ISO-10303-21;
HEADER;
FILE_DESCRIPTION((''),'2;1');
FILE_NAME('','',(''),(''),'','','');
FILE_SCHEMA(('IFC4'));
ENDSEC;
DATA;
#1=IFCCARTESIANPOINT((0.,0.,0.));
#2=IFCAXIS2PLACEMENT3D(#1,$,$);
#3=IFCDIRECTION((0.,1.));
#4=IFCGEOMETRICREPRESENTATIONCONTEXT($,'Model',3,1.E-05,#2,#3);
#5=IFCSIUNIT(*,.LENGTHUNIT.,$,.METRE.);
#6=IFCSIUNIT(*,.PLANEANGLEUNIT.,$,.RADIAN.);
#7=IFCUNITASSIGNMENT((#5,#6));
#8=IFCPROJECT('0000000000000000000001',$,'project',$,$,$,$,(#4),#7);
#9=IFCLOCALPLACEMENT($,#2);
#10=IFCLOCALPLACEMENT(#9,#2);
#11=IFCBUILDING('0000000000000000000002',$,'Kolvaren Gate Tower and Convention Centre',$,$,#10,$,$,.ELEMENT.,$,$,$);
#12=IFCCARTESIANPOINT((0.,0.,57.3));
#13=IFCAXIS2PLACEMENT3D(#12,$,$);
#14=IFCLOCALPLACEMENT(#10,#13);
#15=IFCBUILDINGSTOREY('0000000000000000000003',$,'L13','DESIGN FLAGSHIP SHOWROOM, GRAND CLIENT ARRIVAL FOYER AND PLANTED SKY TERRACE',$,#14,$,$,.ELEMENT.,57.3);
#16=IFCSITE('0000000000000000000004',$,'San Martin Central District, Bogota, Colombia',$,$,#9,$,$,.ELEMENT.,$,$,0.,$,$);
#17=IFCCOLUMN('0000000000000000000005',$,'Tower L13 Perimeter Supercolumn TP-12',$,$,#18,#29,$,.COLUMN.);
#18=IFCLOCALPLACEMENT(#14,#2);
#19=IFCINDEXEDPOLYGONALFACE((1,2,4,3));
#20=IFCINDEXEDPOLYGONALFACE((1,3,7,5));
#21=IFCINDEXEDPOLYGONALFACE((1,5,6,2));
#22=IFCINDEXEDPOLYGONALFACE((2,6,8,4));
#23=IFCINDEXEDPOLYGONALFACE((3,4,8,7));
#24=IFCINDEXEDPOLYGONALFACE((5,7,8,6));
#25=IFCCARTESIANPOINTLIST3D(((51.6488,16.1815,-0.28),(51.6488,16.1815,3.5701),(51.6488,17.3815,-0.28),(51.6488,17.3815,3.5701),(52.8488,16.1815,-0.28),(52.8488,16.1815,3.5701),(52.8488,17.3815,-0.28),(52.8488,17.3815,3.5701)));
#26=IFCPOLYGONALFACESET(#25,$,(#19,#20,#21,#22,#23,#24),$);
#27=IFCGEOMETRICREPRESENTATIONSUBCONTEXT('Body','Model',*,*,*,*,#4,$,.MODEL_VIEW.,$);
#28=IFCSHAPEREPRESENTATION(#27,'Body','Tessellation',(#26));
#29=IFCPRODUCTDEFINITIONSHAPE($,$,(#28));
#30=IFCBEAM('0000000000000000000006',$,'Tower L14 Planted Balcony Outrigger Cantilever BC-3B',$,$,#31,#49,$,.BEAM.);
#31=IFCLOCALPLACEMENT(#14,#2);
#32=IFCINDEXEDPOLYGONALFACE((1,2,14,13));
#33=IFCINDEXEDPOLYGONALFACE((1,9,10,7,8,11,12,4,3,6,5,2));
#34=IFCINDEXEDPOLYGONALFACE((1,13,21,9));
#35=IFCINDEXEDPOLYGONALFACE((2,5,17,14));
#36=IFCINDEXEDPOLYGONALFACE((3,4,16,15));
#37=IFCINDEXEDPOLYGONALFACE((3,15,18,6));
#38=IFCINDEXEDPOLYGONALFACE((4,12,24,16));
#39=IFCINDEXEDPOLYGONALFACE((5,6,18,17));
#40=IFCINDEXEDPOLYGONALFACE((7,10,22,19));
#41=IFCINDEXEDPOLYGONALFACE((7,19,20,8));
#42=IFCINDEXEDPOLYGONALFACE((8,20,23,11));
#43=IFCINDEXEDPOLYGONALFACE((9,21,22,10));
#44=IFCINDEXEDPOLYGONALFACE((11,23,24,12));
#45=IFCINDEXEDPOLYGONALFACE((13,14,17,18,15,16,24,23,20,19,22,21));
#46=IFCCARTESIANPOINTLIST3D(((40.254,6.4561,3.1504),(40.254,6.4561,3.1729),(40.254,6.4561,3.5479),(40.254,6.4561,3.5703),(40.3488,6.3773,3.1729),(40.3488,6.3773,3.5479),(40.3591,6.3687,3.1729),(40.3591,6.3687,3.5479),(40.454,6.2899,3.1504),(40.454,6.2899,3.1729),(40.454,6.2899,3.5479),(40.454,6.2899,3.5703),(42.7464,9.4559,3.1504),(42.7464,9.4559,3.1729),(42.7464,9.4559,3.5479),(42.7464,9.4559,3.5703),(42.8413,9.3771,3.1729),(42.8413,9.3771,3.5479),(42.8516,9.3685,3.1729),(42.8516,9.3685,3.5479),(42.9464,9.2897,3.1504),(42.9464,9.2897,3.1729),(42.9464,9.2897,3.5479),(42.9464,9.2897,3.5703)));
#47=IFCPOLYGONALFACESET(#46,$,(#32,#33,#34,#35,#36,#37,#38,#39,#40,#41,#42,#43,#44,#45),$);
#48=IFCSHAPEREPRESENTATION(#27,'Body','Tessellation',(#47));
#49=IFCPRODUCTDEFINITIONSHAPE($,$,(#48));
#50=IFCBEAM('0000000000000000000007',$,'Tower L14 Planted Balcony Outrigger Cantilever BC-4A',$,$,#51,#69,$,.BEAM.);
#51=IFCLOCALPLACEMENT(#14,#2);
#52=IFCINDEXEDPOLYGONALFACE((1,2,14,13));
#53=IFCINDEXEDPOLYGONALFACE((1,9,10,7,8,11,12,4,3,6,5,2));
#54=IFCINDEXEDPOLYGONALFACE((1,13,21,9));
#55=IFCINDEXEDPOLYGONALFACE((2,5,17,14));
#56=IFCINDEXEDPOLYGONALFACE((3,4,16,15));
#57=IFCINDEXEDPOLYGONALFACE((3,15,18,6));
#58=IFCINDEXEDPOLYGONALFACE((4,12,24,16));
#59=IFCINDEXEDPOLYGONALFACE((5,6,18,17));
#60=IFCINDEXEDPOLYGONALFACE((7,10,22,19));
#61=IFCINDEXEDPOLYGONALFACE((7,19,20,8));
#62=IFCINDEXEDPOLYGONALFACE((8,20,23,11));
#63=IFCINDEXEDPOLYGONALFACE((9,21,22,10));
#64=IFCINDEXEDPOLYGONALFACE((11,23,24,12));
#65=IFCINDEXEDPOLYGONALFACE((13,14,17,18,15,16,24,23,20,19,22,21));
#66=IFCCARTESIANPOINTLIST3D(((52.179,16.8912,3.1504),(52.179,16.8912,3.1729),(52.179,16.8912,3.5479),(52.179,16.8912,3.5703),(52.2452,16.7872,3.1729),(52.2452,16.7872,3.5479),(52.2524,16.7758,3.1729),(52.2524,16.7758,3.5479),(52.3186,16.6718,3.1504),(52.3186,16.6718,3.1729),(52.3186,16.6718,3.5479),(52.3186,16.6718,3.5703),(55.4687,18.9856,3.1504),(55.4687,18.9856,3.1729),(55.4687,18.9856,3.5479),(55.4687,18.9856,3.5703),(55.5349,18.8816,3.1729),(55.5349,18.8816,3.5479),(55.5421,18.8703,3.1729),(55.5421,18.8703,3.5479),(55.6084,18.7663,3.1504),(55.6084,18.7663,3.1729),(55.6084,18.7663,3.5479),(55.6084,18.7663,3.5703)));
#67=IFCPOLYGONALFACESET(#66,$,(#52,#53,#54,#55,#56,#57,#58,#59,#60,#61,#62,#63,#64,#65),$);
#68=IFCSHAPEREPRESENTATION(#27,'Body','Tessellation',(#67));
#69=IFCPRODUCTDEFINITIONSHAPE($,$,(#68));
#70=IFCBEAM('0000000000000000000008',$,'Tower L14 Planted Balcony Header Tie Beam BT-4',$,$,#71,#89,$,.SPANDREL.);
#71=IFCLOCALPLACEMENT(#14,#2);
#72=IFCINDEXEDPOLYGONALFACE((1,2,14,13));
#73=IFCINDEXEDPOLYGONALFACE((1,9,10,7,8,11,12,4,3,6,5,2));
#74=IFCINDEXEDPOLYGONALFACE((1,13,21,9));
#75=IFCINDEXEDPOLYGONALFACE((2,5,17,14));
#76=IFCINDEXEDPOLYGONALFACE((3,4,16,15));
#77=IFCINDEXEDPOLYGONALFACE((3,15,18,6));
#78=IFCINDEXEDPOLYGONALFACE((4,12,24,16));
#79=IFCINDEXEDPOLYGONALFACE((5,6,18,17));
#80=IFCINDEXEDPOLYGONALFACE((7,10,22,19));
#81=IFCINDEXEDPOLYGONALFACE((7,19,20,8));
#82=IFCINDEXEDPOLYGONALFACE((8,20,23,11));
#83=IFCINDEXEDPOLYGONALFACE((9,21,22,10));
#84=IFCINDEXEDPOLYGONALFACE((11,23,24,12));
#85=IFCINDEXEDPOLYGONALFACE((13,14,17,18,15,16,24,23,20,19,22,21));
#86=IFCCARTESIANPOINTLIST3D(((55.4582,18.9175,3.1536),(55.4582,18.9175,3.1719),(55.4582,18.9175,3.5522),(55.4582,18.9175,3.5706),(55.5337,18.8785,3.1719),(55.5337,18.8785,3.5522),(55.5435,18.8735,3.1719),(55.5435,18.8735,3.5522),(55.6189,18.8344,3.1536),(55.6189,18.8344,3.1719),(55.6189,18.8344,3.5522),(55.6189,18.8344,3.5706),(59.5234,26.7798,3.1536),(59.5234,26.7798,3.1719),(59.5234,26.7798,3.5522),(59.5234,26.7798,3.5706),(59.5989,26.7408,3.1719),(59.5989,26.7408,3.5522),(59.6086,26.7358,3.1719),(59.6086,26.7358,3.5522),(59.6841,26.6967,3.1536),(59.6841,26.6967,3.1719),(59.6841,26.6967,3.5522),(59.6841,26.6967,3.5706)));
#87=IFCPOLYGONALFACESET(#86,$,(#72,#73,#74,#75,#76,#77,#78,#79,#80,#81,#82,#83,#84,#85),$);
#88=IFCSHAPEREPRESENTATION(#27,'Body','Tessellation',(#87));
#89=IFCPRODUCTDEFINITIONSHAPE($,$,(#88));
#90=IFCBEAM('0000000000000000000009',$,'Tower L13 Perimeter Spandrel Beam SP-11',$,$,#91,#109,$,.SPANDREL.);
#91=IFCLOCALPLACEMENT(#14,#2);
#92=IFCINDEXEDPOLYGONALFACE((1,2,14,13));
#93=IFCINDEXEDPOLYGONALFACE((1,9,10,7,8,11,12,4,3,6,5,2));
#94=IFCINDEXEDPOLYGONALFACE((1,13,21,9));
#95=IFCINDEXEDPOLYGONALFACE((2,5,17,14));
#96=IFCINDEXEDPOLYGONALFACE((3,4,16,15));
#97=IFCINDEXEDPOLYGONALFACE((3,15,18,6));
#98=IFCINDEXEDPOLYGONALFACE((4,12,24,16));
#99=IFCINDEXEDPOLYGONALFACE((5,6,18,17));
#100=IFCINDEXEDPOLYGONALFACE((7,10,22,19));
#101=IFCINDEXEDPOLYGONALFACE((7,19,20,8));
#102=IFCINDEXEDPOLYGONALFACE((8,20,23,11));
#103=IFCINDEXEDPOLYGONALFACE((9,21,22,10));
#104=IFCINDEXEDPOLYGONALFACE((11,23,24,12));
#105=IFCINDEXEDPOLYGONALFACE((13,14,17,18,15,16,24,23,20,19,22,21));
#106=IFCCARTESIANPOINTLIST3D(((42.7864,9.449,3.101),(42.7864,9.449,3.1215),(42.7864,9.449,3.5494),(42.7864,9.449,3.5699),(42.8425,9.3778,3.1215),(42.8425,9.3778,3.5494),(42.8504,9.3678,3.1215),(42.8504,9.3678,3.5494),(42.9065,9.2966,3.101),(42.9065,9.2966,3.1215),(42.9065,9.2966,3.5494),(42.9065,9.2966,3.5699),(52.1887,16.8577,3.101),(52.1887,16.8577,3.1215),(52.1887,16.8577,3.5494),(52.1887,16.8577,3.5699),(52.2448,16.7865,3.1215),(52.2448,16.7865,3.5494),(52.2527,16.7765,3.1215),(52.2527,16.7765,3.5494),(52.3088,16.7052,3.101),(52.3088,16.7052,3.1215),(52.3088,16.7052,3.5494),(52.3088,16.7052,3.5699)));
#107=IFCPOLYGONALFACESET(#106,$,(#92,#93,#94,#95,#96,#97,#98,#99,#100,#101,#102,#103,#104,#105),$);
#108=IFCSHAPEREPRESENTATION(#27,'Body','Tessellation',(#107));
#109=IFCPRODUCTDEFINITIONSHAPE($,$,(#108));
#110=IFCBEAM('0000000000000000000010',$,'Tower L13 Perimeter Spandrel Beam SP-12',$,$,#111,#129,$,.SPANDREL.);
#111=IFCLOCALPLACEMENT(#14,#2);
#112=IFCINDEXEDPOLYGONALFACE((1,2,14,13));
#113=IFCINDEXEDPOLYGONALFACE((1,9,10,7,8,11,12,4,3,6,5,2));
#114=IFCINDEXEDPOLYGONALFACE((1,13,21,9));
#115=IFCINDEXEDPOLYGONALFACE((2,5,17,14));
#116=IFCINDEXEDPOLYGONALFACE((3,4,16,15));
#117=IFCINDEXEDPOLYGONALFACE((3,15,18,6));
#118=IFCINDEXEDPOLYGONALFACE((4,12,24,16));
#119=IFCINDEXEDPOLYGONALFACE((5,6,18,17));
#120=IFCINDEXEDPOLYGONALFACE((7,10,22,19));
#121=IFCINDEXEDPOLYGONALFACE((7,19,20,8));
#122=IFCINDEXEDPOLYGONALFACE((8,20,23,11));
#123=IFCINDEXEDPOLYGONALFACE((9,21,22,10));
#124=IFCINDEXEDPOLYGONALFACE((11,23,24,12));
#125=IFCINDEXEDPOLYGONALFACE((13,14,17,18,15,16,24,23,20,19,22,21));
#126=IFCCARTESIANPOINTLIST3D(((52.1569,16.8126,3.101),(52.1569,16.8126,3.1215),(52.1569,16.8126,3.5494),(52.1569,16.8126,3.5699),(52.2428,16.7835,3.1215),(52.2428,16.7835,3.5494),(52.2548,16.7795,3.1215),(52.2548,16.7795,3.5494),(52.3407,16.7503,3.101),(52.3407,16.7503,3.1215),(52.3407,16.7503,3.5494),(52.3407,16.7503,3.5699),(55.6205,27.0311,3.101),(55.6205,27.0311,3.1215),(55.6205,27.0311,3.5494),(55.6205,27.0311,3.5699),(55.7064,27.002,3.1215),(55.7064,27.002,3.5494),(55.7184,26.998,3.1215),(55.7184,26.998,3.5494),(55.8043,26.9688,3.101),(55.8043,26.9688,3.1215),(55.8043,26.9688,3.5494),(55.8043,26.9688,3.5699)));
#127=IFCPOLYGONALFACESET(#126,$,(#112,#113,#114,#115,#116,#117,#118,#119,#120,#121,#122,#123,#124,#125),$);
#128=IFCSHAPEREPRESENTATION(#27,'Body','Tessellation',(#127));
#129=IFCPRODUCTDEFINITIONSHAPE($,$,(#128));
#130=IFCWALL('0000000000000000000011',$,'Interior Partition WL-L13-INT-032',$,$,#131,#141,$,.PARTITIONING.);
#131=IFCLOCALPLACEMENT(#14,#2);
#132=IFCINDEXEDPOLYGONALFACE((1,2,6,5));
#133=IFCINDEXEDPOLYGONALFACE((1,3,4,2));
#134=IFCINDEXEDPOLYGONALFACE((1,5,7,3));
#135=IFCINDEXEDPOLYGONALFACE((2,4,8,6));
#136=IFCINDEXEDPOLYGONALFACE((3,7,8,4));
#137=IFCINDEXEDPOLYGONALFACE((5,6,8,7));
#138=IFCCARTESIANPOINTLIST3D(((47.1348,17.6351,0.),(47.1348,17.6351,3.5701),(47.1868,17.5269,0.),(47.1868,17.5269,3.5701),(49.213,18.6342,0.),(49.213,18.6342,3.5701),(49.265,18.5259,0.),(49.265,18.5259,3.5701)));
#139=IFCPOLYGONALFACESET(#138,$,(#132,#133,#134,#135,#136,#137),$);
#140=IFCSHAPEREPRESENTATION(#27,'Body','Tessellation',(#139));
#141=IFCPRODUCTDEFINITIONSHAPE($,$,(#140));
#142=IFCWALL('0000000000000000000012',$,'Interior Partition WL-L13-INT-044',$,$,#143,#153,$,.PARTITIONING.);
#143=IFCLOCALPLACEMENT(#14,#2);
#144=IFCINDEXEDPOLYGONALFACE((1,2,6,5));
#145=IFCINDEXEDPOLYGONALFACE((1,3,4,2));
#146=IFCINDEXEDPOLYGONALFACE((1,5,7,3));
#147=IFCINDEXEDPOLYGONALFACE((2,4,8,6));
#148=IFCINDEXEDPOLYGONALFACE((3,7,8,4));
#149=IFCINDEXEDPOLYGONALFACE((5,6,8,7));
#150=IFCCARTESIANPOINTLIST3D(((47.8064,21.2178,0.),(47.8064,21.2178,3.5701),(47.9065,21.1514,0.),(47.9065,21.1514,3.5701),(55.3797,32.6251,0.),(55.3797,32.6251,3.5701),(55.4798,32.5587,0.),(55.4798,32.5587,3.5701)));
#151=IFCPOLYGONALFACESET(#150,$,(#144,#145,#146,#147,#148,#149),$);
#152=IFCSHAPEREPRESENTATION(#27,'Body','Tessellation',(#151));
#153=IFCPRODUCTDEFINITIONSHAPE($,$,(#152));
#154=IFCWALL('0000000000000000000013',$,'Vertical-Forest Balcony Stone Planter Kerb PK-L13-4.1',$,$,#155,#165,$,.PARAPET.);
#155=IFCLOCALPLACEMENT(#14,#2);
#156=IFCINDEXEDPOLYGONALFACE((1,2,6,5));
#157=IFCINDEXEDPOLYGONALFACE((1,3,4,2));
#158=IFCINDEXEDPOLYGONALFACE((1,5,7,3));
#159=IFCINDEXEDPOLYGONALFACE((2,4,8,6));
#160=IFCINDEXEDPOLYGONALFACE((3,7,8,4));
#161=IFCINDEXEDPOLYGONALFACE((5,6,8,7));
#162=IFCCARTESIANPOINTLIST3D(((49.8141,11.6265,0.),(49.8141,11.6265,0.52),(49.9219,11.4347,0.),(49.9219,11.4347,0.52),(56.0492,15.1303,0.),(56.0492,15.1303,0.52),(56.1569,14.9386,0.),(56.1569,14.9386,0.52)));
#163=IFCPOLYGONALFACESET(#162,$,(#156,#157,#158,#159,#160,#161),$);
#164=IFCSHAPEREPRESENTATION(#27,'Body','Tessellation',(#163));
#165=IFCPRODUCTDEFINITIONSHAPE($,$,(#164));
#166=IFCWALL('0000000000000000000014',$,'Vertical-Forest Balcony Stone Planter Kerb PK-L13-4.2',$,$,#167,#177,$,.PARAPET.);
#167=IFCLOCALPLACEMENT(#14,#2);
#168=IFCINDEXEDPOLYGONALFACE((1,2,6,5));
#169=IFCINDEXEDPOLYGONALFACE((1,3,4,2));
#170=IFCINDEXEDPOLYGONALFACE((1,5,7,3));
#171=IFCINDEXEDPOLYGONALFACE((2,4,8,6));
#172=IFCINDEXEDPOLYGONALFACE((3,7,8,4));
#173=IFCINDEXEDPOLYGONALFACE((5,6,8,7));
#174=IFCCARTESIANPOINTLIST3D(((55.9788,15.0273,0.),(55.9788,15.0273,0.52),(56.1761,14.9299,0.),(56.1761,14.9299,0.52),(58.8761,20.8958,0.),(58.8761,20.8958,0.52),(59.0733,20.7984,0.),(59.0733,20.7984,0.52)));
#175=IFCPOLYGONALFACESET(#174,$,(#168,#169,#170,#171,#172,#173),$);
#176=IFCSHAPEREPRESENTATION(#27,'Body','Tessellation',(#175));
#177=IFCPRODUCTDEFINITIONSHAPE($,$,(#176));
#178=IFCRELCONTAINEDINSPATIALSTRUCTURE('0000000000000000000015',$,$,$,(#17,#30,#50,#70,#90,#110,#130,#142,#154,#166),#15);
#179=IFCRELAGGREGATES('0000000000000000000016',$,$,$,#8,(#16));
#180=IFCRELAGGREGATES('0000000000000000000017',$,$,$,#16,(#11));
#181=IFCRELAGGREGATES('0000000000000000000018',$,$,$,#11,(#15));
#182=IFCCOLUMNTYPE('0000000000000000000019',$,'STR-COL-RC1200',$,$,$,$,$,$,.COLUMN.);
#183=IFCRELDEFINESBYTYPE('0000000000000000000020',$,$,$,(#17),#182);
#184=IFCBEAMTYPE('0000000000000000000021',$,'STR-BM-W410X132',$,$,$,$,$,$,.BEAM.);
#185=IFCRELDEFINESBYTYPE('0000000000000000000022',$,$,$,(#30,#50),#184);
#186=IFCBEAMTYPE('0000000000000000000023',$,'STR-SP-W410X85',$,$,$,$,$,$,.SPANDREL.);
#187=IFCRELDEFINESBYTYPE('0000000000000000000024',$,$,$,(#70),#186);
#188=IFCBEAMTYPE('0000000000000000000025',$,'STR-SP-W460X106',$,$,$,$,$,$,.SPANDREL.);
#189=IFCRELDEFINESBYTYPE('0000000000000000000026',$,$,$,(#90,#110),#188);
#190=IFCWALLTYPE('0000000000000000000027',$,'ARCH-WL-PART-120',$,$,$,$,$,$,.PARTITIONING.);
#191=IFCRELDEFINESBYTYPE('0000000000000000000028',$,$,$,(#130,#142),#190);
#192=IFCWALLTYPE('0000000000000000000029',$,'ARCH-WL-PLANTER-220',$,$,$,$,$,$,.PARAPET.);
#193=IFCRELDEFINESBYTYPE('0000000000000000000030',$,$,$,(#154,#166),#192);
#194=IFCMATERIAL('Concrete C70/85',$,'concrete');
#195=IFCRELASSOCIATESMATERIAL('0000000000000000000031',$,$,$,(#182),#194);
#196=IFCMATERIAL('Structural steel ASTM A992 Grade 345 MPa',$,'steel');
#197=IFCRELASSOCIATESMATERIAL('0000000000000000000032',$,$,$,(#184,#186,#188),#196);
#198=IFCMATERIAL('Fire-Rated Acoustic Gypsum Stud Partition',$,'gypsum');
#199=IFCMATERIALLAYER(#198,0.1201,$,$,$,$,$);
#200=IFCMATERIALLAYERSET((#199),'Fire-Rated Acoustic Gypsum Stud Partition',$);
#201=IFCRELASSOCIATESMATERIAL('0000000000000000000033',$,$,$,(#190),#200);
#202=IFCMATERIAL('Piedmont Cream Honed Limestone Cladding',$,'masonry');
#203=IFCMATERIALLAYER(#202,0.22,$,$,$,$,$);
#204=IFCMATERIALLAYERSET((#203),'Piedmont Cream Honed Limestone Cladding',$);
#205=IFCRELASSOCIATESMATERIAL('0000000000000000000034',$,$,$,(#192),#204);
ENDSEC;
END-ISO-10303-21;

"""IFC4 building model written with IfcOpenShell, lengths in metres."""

from ifc_helpers import new_model, si_unit, direction, frame, frame_2d, origin, origin_2d, place, context, subcontext, project, spatial, rectangle, i_section, extrude, material, layer, layer_set, material_profile, profile_set, type_object, element, save


model = new_model("IFC4")

# Units and contexts
model_context = context("Model", 3, precision=1e-05, world=origin(), true_north=direction((0.0, 1.0)))
body_context = subcontext(model_context, "Body", "Model", "MODEL_VIEW")
ifc_project = project(units=[si_unit("LENGTHUNIT", "METRE"), si_unit("PLANEANGLEUNIT", "RADIAN")], contexts=[model_context])

# Site, building, storey
site_placement = place(None, origin())
site = spatial("IfcSite", under=ifc_project, at=site_placement, Name="San Martin Central District, Bogota, Colombia", CompositionType="ELEMENT", RefElevation=0.0)
building_placement = place(site_placement, origin())
building = spatial("IfcBuilding", under=site, at=building_placement, Name="Kolvaren Gate Tower and Convention Centre", CompositionType="ELEMENT")
storey_placement = place(building_placement, frame((0.0, 0.0, 57.3)))
storey = spatial("IfcBuildingStorey", under=building, at=storey_placement, Name="L13", Description="DESIGN FLAGSHIP SHOWROOM, GRAND CLIENT ARRIVAL FOYER AND PLANTED SKY TERRACE", CompositionType="ELEMENT", Elevation=57.3)

# Column
ifc_material_1 = material(Name="Concrete C70/85", Category="concrete")
ifc_material_profile_1 = material_profile(ifc_material_1, rectangle(XDim=1.2, YDim=1.2, at=origin_2d()), Name="RC-COL-1200X1200")
ifc_profile_set_1 = profile_set([ifc_material_profile_1], Name="Concrete C70/85")
column_type = type_object("IfcColumnType", Name="STR-COL-RC1200", PredefinedType="COLUMN", material=ifc_profile_set_1)
column_placement = place(storey_placement, frame((52.2488, 16.7815, -0.28), z_axis=(0.0, 0.0, 1.0), x_axis=(1.0, 0.0, 0.0)))
element("IfcColumn", 1, at=column_placement, inside=storey, type_object=column_type, Name="Tower L13 Perimeter Supercolumn TP-12", PredefinedType="COLUMN", context=body_context, shape_type="SweptSolid", body=[
    extrude(rectangle(XDim=1.2, YDim=1.2, at=origin_2d()), origin(), (0.0, 0.0, 1.0), 3.8501),
])

# Beams
ifc_material_2 = material(Name="Structural steel ASTM A992 Grade 345 MPa", Category="steel")
ifc_material_profile_2 = material_profile(ifc_material_2, i_section(OverallWidth=0.26, OverallDepth=0.4199, WebThickness=0.0134, FlangeThickness=0.0225, at=origin_2d()), Name="W410X132")
ifc_profile_set_2 = profile_set([ifc_material_profile_2], Name="Structural steel ASTM A992 Grade 345 MPa")
beam_type_1 = type_object("IfcBeamType", Name="STR-BM-W410X132", PredefinedType="BEAM", material=ifc_profile_set_2)
beam_1_placement = place(storey_placement, frame((42.8464, 9.3728, 3.3604), z_axis=(-0.639069, -0.769149, 0.0), x_axis=(0.769149, -0.639069, 0.0)))
element("IfcBeam", 2, at=beam_1_placement, inside=storey, type_object=beam_type_1, Name="Tower L14 Planted Balcony Outrigger Cantilever BC-3B", PredefinedType="BEAM", context=body_context, shape_type="SweptSolid", body=[
    extrude(i_section(OverallWidth=0.26, OverallDepth=0.4199, WebThickness=0.0134, FlangeThickness=0.0225, at=origin_2d()), origin(), (0.0, 0.0, 1.0), 3.9001),
])
beam_2_placement = place(storey_placement, frame((52.2488, 16.7815, 3.3604), z_axis=(0.843548, 0.537054, 0.0), x_axis=(-0.537054, 0.843548, 0.0)))
element("IfcBeam", 3, at=beam_2_placement, inside=storey, type_object=beam_type_1, Name="Tower L14 Planted Balcony Outrigger Cantilever BC-4A", PredefinedType="BEAM", context=body_context, shape_type="SweptSolid", body=[
    extrude(i_section(OverallWidth=0.26, OverallDepth=0.4199, WebThickness=0.0134, FlangeThickness=0.0225, at=origin_2d()), origin(), (0.0, 0.0, 1.0), 3.8999),
])
ifc_material_profile_3 = material_profile(ifc_material_2, i_section(OverallWidth=0.1809, OverallDepth=0.417, WebThickness=0.011, FlangeThickness=0.0183, at=origin_2d()), Name="W410X85")
ifc_profile_set_3 = profile_set([ifc_material_profile_3], Name="Structural steel ASTM A992 Grade 345 MPa")
beam_type_2 = type_object("IfcBeamType", Name="STR-SP-W410X85", PredefinedType="SPANDREL", material=ifc_profile_set_3)
beam_3_placement = place(storey_placement, frame((55.5386, 18.876, 3.3621), z_axis=(0.459287, 0.888288, 0.0), x_axis=(-0.888288, 0.459287, 0.0)))
element("IfcBeam", 4, at=beam_3_placement, inside=storey, type_object=beam_type_2, Name="Tower L14 Planted Balcony Header Tie Beam BT-4", PredefinedType="SPANDREL", context=body_context, shape_type="SweptSolid", body=[
    extrude(i_section(OverallWidth=0.1809, OverallDepth=0.417, WebThickness=0.011, FlangeThickness=0.0183, at=origin_2d()), origin(), (0.0, 0.0, 1.0), 8.8511),
])
ifc_material_profile_4 = material_profile(ifc_material_2, i_section(OverallWidth=0.1941, OverallDepth=0.469, WebThickness=0.0127, FlangeThickness=0.0205, at=origin_2d()), Name="W460X106")
ifc_profile_set_4 = profile_set([ifc_material_profile_4], Name="Structural steel ASTM A992 Grade 345 MPa")
beam_type_3 = type_object("IfcBeamType", Name="STR-SP-W460X106", PredefinedType="SPANDREL", material=ifc_profile_set_4)
beam_4_placement = place(storey_placement, frame((42.8464, 9.3728, 3.3354), z_axis=(0.78546, 0.618913, 0.0), x_axis=(-0.618913, 0.78546, 0.0)))
element("IfcBeam", 5, at=beam_4_placement, inside=storey, type_object=beam_type_3, Name="Tower L13 Perimeter Spandrel Beam SP-11", PredefinedType="SPANDREL", context=body_context, shape_type="SweptSolid", body=[
    extrude(i_section(OverallWidth=0.1941, OverallDepth=0.469, WebThickness=0.0127, FlangeThickness=0.0205, at=origin_2d()), origin(), (0.0, 0.0, 1.0), 11.9705),
])
beam_5_placement = place(storey_placement, frame((52.2488, 16.7815, 3.3354), z_axis=(0.321016, 0.947074, 0.0), x_axis=(-0.947074, 0.321016, 0.0)))
element("IfcBeam", 6, at=beam_5_placement, inside=storey, type_object=beam_type_3, Name="Tower L13 Perimeter Spandrel Beam SP-12", PredefinedType="SPANDREL", context=body_context, shape_type="SweptSolid", body=[
    extrude(i_section(OverallWidth=0.1941, OverallDepth=0.469, WebThickness=0.0127, FlangeThickness=0.0205, at=origin_2d()), origin(), (0.0, 0.0, 1.0), 10.7896),
])

# Walls
ifc_material_3 = material(Name="Fire-Rated Acoustic Gypsum Stud Partition", Category="gypsum")
ifc_layer_1 = layer(ifc_material_3, 0.1201)
ifc_layer_set_1 = layer_set([ifc_layer_1], Name="Fire-Rated Acoustic Gypsum Stud Partition")
wall_type_1 = type_object("IfcWallType", Name="ARCH-WL-PART-120", PredefinedType="PARTITIONING", material=ifc_layer_set_1)
wall_1_placement = place(storey_placement, frame((47.1609, 17.5811, 0.0), z_axis=(0.0, 0.0, 1.0), x_axis=(0.901265, 0.433268, 0.0)))
element("IfcWall", 7, at=wall_1_placement, inside=storey, type_object=wall_type_1, Name="Interior Partition WL-L13-INT-032", PredefinedType="PARTITIONING", context=body_context, shape_type="SweptSolid", body=[
    extrude(rectangle(XDim=2.3059, YDim=0.1201, at=frame_2d((1.1528, 0.0))), origin(), (0.0, 0.0, 1.0), 3.5701),
])
wall_2_placement = place(storey_placement, frame((47.8564, 21.1846, 0.0), z_axis=(0.0, 0.0, 1.0), x_axis=(0.553103, 0.833113, 0.0)))
element("IfcWall", 8, at=wall_2_placement, inside=storey, type_object=wall_type_1, Name="Interior Partition WL-L13-INT-044", PredefinedType="PARTITIONING", context=body_context, shape_type="SweptSolid", body=[
    extrude(rectangle(XDim=13.6924, YDim=0.1201, at=frame_2d((6.8462, 0.0))), origin(), (0.0, 0.0, 1.0), 3.5701),
])
ifc_material_4 = material(Name="Piedmont Cream Honed Limestone Cladding", Category="masonry")
ifc_layer_2 = layer(ifc_material_4, 0.22)
ifc_layer_set_2 = layer_set([ifc_layer_2], Name="Piedmont Cream Honed Limestone Cladding")
wall_type_2 = type_object("IfcWallType", Name="ARCH-WL-PLANTER-220", PredefinedType="PARAPET", material=ifc_layer_set_2)
wall_3_placement = place(storey_placement, frame((49.8679, 11.5305, 0.0), z_axis=(0.0, 0.0, 1.0), x_axis=(0.871775, 0.489906, 0.0)))
element("IfcWall", 9, at=wall_3_placement, inside=storey, type_object=wall_type_2, Name="Vertical-Forest Balcony Stone Planter Kerb PK-L13-4.1", PredefinedType="PARAPET", context=body_context, shape_type="SweptSolid", body=[
    extrude(rectangle(XDim=7.1521, YDim=0.22, at=frame_2d((3.5762, 0.0))), origin(), (0.0, 0.0, 1.0), 0.52),
])
wall_4_placement = place(storey_placement, frame((56.0774, 14.9785, 0.0), z_axis=(0.0, 0.0, 1.0), x_axis=(0.442687, 0.896676, 0.0)))
element("IfcWall", 10, at=wall_4_placement, inside=storey, type_object=wall_type_2, Name="Vertical-Forest Balcony Stone Planter Kerb PK-L13-4.2", PredefinedType="PARAPET", context=body_context, shape_type="SweptSolid", body=[
    extrude(rectangle(XDim=6.5447, YDim=0.22, at=frame_2d((3.2725, 0.0))), origin(), (0.0, 0.0, 1.0), 0.52),
])

save(model, "model.ifc")
